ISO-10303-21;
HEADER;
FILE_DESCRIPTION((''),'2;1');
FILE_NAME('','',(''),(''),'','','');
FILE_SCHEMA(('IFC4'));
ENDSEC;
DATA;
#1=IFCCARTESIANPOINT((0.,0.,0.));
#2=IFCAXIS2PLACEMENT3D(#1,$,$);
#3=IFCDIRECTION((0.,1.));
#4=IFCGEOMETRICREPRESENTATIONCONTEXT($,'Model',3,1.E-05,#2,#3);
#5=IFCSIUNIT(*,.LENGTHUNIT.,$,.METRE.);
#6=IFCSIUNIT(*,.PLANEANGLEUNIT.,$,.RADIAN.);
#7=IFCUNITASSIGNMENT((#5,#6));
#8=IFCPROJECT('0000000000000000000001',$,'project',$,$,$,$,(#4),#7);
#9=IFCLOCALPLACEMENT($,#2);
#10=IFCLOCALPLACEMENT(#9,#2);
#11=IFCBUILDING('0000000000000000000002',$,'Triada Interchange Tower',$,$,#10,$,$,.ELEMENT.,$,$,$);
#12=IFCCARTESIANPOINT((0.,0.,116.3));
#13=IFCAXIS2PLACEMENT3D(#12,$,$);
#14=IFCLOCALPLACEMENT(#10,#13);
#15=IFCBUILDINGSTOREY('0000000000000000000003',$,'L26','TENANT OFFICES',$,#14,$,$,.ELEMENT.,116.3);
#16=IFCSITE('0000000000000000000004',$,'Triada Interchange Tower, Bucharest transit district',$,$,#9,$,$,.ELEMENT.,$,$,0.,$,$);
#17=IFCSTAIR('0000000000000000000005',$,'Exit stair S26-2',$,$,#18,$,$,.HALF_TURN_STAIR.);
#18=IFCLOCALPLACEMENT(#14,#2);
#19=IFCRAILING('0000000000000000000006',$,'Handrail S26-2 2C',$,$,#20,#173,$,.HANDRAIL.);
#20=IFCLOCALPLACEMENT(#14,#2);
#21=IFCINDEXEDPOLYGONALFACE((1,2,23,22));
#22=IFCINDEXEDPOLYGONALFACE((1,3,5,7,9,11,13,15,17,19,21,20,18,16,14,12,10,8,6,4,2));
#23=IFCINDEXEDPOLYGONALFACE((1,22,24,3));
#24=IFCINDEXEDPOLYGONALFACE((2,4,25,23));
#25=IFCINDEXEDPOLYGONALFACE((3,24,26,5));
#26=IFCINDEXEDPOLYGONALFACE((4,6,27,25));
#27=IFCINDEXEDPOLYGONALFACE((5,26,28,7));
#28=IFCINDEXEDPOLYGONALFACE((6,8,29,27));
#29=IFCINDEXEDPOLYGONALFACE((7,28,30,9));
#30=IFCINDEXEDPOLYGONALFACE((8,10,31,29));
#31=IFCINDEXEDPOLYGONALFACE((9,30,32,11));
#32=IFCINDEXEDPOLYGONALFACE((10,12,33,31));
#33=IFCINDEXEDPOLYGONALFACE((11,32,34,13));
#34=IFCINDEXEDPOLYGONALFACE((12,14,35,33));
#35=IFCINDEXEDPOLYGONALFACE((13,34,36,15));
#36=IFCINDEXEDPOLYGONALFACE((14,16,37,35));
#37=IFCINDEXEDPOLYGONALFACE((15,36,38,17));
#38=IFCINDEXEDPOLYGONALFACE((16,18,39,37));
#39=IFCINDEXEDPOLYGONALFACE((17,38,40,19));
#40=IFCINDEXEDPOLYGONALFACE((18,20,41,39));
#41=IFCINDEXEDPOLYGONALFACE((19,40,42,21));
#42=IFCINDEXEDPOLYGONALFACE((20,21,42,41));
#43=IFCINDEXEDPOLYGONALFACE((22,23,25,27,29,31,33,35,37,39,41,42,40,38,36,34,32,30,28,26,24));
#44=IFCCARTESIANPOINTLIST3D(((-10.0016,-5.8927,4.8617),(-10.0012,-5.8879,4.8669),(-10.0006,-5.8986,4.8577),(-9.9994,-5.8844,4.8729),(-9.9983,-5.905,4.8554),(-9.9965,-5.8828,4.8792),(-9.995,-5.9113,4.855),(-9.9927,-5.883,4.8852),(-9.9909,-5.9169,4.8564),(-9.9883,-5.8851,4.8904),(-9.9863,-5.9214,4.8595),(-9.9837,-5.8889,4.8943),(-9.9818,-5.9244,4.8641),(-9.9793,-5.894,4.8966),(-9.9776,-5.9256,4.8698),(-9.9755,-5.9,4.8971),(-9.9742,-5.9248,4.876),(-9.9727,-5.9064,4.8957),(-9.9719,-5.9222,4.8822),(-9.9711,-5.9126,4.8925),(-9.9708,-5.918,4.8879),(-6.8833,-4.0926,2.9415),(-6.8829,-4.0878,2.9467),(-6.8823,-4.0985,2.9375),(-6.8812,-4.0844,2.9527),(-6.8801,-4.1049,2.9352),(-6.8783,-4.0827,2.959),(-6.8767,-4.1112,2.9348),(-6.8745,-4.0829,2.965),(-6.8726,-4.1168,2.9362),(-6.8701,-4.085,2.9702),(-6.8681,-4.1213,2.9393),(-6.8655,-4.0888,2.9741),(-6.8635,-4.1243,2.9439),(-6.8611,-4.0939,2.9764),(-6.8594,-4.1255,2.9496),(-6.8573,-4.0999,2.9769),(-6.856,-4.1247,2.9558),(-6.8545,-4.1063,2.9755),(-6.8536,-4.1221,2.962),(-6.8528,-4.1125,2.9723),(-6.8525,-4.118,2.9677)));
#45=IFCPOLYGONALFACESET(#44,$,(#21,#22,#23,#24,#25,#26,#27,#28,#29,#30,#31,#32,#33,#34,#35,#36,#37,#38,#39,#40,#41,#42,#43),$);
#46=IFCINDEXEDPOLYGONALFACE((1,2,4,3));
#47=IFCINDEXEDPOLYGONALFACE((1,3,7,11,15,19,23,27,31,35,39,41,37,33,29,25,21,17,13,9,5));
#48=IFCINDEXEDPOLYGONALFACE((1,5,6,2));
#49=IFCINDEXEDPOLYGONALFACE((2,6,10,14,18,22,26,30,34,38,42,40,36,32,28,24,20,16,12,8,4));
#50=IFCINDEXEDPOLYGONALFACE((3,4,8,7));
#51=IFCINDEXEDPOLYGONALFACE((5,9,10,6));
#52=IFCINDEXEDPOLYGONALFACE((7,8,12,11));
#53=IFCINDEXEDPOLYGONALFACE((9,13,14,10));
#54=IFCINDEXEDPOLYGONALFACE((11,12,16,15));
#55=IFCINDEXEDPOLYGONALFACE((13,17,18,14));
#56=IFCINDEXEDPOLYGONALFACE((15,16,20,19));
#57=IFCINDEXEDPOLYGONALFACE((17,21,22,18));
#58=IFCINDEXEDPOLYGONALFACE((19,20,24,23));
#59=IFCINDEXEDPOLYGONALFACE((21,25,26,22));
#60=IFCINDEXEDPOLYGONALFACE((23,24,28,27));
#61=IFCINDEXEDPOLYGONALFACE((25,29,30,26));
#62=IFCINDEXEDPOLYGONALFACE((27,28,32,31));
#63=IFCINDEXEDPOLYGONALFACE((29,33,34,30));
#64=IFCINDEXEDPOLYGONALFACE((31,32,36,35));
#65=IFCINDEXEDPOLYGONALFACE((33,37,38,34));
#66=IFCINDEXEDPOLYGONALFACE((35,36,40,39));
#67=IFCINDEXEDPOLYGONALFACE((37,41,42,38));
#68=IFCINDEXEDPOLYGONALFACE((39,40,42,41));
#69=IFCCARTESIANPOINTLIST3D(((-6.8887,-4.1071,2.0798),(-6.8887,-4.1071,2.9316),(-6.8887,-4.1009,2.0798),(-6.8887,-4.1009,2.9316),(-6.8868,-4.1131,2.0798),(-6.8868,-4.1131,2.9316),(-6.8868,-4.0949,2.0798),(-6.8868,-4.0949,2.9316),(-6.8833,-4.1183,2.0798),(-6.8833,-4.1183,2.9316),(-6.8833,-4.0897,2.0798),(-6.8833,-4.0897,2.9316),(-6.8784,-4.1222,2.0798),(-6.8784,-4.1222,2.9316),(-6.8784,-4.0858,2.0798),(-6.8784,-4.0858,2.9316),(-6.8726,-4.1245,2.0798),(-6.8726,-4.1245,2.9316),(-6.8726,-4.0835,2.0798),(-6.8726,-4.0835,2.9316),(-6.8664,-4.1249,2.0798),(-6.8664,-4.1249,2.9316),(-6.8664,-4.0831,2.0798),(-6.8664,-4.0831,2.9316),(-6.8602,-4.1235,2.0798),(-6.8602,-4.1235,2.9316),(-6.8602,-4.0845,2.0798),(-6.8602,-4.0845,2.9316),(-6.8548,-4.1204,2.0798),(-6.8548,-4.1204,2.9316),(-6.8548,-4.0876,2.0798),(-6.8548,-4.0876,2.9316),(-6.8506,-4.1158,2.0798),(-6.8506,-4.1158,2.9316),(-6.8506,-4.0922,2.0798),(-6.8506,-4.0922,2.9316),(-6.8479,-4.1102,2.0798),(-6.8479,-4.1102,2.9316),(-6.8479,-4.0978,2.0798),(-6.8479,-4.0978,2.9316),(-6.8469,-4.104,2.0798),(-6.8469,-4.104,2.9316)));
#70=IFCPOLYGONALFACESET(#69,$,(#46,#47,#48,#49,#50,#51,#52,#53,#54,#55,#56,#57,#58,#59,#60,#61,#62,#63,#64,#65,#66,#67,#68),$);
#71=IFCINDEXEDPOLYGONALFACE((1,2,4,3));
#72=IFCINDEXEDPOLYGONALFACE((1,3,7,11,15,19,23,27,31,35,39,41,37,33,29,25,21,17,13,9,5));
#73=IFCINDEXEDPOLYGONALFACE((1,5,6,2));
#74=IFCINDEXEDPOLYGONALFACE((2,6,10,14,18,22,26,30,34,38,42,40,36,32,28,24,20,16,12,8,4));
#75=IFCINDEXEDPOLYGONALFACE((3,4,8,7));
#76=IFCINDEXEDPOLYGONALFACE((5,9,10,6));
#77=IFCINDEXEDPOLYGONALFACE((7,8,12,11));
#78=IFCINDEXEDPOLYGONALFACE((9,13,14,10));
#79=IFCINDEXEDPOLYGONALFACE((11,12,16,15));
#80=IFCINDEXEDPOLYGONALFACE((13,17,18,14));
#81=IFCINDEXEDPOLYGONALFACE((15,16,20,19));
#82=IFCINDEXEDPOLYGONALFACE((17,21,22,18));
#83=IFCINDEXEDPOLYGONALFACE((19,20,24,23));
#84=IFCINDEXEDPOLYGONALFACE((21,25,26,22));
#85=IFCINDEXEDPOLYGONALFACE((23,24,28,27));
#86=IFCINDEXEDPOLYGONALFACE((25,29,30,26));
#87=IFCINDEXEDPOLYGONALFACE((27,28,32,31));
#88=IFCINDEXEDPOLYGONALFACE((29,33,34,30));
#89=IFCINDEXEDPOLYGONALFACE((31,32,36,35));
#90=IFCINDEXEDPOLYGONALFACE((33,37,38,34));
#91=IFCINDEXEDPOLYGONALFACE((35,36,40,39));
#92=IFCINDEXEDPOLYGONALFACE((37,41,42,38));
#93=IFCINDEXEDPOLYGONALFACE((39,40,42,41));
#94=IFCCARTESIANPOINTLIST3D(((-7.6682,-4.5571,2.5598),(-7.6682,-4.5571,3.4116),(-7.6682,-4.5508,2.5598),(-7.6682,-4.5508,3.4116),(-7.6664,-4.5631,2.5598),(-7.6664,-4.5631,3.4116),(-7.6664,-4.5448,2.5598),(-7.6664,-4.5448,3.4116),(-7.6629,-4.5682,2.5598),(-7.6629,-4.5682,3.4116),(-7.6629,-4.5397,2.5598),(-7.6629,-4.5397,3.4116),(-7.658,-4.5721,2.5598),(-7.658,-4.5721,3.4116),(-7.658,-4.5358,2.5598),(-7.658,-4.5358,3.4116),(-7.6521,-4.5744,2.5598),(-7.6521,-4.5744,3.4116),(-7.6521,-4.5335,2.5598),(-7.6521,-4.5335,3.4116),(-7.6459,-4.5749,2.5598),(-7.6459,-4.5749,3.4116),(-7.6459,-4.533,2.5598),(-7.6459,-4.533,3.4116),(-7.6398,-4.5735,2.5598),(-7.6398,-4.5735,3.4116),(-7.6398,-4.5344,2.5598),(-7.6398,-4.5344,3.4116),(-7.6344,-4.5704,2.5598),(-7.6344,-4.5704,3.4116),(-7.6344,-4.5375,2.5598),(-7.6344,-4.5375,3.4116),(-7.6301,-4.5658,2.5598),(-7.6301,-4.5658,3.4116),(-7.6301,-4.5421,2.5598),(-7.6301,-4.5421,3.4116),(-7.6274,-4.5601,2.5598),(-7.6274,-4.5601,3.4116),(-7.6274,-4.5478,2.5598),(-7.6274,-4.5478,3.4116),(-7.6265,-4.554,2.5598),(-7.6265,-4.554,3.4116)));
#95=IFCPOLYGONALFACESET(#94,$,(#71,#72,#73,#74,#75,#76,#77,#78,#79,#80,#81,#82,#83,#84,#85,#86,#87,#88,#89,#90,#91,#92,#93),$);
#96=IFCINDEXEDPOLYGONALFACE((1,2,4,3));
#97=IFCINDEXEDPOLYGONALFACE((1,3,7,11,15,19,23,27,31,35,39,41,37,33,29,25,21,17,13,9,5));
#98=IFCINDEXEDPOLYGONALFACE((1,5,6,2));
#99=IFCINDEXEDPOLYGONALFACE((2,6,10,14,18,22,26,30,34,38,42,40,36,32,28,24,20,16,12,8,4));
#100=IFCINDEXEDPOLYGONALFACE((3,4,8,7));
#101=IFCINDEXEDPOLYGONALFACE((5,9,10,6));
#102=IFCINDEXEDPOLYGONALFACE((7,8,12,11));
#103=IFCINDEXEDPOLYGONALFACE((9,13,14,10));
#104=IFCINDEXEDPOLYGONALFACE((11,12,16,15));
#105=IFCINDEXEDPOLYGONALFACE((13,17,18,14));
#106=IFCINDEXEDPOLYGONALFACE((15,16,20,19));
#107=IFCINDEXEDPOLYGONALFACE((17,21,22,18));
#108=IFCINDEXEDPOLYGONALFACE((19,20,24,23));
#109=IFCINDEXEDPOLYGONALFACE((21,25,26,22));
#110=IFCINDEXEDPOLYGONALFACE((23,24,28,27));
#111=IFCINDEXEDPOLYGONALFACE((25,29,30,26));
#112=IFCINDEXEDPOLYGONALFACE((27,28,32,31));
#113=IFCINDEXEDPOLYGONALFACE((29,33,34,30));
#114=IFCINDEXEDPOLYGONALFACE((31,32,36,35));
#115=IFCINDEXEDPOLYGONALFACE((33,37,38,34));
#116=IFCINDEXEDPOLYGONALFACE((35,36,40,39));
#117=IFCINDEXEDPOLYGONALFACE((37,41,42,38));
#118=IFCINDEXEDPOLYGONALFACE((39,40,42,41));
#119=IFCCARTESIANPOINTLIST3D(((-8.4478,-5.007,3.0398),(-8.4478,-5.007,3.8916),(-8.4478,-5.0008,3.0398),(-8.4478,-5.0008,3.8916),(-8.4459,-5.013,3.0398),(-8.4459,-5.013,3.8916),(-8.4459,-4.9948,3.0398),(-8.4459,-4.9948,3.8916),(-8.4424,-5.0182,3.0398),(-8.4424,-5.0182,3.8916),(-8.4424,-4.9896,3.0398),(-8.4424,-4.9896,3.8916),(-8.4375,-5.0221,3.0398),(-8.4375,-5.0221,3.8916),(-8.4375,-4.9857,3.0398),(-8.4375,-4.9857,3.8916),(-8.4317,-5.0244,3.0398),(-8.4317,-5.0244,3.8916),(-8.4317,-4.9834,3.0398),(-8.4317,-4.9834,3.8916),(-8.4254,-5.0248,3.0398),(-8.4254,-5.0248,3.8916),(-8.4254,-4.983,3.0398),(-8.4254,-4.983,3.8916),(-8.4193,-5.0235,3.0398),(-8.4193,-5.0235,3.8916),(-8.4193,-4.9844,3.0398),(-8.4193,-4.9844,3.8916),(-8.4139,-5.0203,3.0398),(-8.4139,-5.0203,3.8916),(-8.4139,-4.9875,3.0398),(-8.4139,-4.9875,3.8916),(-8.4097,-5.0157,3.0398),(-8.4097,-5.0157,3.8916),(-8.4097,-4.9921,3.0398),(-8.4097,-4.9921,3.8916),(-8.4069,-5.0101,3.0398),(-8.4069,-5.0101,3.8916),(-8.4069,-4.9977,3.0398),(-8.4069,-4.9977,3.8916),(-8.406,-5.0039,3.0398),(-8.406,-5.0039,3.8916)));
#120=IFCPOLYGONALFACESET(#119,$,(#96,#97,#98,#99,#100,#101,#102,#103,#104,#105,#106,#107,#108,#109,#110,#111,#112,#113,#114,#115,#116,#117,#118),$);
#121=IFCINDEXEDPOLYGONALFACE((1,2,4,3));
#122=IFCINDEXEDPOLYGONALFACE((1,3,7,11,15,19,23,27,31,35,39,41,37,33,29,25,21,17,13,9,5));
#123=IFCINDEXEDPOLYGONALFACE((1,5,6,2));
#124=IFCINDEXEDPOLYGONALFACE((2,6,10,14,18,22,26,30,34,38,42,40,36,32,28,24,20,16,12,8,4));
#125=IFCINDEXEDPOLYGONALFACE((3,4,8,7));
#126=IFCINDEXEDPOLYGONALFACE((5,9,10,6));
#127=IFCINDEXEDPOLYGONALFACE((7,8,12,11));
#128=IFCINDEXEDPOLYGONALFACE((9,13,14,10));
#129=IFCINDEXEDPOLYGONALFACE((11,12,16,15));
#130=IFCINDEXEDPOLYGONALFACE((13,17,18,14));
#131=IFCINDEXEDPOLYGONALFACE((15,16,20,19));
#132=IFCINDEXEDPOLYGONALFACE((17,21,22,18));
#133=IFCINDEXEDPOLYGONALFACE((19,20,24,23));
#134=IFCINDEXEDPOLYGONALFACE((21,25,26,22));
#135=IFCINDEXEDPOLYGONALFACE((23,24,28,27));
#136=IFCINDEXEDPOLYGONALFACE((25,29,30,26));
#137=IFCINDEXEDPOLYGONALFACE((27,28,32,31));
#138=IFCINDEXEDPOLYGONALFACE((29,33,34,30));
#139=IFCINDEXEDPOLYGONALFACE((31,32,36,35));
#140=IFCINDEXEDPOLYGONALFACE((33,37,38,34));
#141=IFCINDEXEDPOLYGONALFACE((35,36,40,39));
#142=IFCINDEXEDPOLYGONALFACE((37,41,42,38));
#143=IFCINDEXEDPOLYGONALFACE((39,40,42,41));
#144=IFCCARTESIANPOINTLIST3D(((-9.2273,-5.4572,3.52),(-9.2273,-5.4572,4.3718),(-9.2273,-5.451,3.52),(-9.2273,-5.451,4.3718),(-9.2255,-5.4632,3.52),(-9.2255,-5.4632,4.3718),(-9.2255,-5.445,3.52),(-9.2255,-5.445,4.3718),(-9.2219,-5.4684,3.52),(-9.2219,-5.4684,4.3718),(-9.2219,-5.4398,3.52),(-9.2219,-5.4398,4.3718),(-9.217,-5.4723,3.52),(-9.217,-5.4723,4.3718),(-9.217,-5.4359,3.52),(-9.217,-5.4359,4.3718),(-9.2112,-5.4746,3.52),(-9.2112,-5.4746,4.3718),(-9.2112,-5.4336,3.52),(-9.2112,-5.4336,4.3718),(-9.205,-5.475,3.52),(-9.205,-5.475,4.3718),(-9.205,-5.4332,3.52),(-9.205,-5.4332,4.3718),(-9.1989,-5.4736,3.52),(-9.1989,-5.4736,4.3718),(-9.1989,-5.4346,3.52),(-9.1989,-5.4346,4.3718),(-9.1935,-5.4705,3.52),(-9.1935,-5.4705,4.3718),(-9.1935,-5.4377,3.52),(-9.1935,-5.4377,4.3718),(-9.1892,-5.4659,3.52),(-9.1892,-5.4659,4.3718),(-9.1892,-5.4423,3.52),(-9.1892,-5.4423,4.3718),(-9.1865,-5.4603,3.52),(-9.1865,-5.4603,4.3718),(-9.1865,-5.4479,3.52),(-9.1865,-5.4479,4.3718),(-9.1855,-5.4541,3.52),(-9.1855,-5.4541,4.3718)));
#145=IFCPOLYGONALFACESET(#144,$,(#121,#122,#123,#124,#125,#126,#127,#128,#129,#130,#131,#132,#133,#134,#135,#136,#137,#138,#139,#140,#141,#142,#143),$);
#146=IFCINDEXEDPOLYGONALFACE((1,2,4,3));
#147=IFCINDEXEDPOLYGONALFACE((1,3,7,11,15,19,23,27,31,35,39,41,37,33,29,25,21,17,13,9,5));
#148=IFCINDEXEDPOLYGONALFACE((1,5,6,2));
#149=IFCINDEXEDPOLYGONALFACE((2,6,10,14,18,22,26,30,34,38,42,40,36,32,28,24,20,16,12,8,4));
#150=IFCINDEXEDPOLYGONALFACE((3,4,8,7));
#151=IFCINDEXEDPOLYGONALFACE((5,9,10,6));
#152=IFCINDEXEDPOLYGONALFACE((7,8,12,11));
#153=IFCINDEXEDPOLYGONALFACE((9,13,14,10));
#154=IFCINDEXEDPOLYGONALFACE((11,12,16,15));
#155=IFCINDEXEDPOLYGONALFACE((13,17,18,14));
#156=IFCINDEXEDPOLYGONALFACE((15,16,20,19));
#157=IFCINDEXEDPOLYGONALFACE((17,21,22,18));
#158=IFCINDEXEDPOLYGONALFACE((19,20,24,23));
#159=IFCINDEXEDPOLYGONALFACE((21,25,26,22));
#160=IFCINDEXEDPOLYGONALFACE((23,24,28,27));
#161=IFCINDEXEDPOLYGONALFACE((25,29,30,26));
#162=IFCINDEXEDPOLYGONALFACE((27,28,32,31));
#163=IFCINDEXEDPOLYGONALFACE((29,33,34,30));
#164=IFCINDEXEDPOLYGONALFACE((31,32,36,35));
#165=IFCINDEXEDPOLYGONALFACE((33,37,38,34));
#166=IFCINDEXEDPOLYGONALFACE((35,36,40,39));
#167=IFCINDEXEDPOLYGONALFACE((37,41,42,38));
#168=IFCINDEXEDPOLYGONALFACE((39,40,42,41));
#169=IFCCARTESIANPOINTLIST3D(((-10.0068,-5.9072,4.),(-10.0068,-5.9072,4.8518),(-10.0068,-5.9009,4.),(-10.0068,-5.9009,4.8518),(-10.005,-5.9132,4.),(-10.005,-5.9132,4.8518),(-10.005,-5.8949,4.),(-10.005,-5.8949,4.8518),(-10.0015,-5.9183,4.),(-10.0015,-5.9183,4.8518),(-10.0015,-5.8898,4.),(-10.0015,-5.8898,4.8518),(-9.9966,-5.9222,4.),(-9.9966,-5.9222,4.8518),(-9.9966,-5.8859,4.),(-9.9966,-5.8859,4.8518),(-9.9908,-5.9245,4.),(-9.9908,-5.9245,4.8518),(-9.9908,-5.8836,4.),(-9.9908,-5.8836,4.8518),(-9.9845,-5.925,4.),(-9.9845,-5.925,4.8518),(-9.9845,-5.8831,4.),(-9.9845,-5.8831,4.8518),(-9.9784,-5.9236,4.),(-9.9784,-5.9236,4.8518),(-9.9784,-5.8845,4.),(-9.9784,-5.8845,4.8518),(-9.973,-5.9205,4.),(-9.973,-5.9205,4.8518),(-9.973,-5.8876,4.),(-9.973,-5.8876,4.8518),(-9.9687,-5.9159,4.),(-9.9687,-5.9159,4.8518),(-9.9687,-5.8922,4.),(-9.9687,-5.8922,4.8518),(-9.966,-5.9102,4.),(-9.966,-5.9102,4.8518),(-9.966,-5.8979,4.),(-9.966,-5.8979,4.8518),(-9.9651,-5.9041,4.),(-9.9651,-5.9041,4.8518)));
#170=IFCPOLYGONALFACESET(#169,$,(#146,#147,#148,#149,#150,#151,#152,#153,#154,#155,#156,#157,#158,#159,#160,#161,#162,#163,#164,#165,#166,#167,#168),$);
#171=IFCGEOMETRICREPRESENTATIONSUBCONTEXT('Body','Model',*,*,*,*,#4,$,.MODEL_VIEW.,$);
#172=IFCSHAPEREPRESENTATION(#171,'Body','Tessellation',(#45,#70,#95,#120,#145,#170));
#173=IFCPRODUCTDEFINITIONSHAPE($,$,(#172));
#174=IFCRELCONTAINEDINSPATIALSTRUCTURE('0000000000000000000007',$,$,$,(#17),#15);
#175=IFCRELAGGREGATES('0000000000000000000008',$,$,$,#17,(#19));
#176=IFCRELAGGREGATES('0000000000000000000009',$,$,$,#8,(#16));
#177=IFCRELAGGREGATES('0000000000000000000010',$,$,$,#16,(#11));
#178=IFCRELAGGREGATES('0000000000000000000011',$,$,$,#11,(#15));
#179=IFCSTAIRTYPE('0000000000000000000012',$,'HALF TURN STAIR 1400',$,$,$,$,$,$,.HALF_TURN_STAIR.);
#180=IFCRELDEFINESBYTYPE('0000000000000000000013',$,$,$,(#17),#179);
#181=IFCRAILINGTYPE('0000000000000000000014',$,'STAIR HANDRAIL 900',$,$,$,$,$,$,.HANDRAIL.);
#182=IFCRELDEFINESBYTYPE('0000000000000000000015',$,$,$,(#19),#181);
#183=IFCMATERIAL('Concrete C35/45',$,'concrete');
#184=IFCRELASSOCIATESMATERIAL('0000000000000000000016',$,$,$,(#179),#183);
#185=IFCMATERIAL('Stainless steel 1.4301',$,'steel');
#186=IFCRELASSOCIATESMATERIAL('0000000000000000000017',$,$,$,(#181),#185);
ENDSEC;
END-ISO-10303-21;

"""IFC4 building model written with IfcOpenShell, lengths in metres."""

from ifc_helpers import new_model, si_unit, direction, frame, origin, origin_2d, place, context, subcontext, project, spatial, circle, extrude, material, type_object, element, aggregate, save


model = new_model("IFC4")

# Units and contexts
model_context = context("Model", 3, precision=1e-05, world=origin(), true_north=direction((0.0, 1.0)))
body_context = subcontext(model_context, "Body", "Model", "MODEL_VIEW")
ifc_project = project(units=[si_unit("LENGTHUNIT", "METRE"), si_unit("PLANEANGLEUNIT", "RADIAN")], contexts=[model_context])

# Site, building, storey
site_placement = place(None, origin())
site = spatial("IfcSite", under=ifc_project, at=site_placement, Name="Triada Interchange Tower, Bucharest transit district", CompositionType="ELEMENT", RefElevation=0.0)
building_placement = place(site_placement, origin())
building = spatial("IfcBuilding", under=site, at=building_placement, Name="Triada Interchange Tower", CompositionType="ELEMENT")
storey_placement = place(building_placement, frame((0.0, 0.0, 116.3)))
storey = spatial("IfcBuildingStorey", under=building, at=storey_placement, Name="L26", Description="TENANT OFFICES", CompositionType="ELEMENT", Elevation=116.3)

# Stair, railing
ifc_material_1 = material(Name="Concrete C35/45", Category="concrete")
stair_type = type_object("IfcStairType", Name="HALF TURN STAIR 1400", PredefinedType="HALF_TURN_STAIR", material=ifc_material_1)
stair_placement = place(storey_placement, origin())
stair = element("IfcStair", 1, at=stair_placement, inside=storey, type_object=stair_type, Name="Exit stair S26-2", PredefinedType="HALF_TURN_STAIR")
ifc_material_2 = material(Name="Stainless steel 1.4301", Category="steel")
railing_type = type_object("IfcRailingType", Name="STAIR HANDRAIL 900", PredefinedType="HANDRAIL", material=ifc_material_2)
railing_1_placement = place(storey_placement, frame((-6.8679, -4.104, 2.0798)))
railing_1 = element("IfcRailing", 2, at=railing_1_placement, type_object=railing_type, Name="Handrail S26-2 2C", PredefinedType="HANDRAIL", context=body_context, shape_type="SweptSolid", body=[
    extrude(circle(Radius=0.0239, at=origin_2d()), frame((0.0, 0.0, 0.876), z_axis=(-0.76417, -0.441139, 0.470576), x_axis=(0.499953, -0.866052, 0.0)), (0.0, 0.0, 1.0), 4.0806),
    extrude(circle(Radius=0.021, at=origin_2d()), origin(), (0.0, 0.0, 1.0), 0.8518),
    extrude(circle(Radius=0.021, at=origin_2d()), frame((-0.7795, -0.45, 0.48)), (0.0, 0.0, 1.0), 0.8518),
    extrude(circle(Radius=0.021, at=origin_2d()), frame((-1.5591, -0.8999, 0.96)), (0.0, 0.0, 1.0), 0.8518),
    extrude(circle(Radius=0.021, at=origin_2d()), frame((-2.3386, -1.3501, 1.4402)), (0.0, 0.0, 1.0), 0.8518),
    extrude(circle(Radius=0.021, at=origin_2d()), frame((-3.1182, -1.8, 1.9202)), (0.0, 0.0, 1.0), 0.8518),
])
aggregate(stair, [railing_1])

save(model, "model.ifc")
